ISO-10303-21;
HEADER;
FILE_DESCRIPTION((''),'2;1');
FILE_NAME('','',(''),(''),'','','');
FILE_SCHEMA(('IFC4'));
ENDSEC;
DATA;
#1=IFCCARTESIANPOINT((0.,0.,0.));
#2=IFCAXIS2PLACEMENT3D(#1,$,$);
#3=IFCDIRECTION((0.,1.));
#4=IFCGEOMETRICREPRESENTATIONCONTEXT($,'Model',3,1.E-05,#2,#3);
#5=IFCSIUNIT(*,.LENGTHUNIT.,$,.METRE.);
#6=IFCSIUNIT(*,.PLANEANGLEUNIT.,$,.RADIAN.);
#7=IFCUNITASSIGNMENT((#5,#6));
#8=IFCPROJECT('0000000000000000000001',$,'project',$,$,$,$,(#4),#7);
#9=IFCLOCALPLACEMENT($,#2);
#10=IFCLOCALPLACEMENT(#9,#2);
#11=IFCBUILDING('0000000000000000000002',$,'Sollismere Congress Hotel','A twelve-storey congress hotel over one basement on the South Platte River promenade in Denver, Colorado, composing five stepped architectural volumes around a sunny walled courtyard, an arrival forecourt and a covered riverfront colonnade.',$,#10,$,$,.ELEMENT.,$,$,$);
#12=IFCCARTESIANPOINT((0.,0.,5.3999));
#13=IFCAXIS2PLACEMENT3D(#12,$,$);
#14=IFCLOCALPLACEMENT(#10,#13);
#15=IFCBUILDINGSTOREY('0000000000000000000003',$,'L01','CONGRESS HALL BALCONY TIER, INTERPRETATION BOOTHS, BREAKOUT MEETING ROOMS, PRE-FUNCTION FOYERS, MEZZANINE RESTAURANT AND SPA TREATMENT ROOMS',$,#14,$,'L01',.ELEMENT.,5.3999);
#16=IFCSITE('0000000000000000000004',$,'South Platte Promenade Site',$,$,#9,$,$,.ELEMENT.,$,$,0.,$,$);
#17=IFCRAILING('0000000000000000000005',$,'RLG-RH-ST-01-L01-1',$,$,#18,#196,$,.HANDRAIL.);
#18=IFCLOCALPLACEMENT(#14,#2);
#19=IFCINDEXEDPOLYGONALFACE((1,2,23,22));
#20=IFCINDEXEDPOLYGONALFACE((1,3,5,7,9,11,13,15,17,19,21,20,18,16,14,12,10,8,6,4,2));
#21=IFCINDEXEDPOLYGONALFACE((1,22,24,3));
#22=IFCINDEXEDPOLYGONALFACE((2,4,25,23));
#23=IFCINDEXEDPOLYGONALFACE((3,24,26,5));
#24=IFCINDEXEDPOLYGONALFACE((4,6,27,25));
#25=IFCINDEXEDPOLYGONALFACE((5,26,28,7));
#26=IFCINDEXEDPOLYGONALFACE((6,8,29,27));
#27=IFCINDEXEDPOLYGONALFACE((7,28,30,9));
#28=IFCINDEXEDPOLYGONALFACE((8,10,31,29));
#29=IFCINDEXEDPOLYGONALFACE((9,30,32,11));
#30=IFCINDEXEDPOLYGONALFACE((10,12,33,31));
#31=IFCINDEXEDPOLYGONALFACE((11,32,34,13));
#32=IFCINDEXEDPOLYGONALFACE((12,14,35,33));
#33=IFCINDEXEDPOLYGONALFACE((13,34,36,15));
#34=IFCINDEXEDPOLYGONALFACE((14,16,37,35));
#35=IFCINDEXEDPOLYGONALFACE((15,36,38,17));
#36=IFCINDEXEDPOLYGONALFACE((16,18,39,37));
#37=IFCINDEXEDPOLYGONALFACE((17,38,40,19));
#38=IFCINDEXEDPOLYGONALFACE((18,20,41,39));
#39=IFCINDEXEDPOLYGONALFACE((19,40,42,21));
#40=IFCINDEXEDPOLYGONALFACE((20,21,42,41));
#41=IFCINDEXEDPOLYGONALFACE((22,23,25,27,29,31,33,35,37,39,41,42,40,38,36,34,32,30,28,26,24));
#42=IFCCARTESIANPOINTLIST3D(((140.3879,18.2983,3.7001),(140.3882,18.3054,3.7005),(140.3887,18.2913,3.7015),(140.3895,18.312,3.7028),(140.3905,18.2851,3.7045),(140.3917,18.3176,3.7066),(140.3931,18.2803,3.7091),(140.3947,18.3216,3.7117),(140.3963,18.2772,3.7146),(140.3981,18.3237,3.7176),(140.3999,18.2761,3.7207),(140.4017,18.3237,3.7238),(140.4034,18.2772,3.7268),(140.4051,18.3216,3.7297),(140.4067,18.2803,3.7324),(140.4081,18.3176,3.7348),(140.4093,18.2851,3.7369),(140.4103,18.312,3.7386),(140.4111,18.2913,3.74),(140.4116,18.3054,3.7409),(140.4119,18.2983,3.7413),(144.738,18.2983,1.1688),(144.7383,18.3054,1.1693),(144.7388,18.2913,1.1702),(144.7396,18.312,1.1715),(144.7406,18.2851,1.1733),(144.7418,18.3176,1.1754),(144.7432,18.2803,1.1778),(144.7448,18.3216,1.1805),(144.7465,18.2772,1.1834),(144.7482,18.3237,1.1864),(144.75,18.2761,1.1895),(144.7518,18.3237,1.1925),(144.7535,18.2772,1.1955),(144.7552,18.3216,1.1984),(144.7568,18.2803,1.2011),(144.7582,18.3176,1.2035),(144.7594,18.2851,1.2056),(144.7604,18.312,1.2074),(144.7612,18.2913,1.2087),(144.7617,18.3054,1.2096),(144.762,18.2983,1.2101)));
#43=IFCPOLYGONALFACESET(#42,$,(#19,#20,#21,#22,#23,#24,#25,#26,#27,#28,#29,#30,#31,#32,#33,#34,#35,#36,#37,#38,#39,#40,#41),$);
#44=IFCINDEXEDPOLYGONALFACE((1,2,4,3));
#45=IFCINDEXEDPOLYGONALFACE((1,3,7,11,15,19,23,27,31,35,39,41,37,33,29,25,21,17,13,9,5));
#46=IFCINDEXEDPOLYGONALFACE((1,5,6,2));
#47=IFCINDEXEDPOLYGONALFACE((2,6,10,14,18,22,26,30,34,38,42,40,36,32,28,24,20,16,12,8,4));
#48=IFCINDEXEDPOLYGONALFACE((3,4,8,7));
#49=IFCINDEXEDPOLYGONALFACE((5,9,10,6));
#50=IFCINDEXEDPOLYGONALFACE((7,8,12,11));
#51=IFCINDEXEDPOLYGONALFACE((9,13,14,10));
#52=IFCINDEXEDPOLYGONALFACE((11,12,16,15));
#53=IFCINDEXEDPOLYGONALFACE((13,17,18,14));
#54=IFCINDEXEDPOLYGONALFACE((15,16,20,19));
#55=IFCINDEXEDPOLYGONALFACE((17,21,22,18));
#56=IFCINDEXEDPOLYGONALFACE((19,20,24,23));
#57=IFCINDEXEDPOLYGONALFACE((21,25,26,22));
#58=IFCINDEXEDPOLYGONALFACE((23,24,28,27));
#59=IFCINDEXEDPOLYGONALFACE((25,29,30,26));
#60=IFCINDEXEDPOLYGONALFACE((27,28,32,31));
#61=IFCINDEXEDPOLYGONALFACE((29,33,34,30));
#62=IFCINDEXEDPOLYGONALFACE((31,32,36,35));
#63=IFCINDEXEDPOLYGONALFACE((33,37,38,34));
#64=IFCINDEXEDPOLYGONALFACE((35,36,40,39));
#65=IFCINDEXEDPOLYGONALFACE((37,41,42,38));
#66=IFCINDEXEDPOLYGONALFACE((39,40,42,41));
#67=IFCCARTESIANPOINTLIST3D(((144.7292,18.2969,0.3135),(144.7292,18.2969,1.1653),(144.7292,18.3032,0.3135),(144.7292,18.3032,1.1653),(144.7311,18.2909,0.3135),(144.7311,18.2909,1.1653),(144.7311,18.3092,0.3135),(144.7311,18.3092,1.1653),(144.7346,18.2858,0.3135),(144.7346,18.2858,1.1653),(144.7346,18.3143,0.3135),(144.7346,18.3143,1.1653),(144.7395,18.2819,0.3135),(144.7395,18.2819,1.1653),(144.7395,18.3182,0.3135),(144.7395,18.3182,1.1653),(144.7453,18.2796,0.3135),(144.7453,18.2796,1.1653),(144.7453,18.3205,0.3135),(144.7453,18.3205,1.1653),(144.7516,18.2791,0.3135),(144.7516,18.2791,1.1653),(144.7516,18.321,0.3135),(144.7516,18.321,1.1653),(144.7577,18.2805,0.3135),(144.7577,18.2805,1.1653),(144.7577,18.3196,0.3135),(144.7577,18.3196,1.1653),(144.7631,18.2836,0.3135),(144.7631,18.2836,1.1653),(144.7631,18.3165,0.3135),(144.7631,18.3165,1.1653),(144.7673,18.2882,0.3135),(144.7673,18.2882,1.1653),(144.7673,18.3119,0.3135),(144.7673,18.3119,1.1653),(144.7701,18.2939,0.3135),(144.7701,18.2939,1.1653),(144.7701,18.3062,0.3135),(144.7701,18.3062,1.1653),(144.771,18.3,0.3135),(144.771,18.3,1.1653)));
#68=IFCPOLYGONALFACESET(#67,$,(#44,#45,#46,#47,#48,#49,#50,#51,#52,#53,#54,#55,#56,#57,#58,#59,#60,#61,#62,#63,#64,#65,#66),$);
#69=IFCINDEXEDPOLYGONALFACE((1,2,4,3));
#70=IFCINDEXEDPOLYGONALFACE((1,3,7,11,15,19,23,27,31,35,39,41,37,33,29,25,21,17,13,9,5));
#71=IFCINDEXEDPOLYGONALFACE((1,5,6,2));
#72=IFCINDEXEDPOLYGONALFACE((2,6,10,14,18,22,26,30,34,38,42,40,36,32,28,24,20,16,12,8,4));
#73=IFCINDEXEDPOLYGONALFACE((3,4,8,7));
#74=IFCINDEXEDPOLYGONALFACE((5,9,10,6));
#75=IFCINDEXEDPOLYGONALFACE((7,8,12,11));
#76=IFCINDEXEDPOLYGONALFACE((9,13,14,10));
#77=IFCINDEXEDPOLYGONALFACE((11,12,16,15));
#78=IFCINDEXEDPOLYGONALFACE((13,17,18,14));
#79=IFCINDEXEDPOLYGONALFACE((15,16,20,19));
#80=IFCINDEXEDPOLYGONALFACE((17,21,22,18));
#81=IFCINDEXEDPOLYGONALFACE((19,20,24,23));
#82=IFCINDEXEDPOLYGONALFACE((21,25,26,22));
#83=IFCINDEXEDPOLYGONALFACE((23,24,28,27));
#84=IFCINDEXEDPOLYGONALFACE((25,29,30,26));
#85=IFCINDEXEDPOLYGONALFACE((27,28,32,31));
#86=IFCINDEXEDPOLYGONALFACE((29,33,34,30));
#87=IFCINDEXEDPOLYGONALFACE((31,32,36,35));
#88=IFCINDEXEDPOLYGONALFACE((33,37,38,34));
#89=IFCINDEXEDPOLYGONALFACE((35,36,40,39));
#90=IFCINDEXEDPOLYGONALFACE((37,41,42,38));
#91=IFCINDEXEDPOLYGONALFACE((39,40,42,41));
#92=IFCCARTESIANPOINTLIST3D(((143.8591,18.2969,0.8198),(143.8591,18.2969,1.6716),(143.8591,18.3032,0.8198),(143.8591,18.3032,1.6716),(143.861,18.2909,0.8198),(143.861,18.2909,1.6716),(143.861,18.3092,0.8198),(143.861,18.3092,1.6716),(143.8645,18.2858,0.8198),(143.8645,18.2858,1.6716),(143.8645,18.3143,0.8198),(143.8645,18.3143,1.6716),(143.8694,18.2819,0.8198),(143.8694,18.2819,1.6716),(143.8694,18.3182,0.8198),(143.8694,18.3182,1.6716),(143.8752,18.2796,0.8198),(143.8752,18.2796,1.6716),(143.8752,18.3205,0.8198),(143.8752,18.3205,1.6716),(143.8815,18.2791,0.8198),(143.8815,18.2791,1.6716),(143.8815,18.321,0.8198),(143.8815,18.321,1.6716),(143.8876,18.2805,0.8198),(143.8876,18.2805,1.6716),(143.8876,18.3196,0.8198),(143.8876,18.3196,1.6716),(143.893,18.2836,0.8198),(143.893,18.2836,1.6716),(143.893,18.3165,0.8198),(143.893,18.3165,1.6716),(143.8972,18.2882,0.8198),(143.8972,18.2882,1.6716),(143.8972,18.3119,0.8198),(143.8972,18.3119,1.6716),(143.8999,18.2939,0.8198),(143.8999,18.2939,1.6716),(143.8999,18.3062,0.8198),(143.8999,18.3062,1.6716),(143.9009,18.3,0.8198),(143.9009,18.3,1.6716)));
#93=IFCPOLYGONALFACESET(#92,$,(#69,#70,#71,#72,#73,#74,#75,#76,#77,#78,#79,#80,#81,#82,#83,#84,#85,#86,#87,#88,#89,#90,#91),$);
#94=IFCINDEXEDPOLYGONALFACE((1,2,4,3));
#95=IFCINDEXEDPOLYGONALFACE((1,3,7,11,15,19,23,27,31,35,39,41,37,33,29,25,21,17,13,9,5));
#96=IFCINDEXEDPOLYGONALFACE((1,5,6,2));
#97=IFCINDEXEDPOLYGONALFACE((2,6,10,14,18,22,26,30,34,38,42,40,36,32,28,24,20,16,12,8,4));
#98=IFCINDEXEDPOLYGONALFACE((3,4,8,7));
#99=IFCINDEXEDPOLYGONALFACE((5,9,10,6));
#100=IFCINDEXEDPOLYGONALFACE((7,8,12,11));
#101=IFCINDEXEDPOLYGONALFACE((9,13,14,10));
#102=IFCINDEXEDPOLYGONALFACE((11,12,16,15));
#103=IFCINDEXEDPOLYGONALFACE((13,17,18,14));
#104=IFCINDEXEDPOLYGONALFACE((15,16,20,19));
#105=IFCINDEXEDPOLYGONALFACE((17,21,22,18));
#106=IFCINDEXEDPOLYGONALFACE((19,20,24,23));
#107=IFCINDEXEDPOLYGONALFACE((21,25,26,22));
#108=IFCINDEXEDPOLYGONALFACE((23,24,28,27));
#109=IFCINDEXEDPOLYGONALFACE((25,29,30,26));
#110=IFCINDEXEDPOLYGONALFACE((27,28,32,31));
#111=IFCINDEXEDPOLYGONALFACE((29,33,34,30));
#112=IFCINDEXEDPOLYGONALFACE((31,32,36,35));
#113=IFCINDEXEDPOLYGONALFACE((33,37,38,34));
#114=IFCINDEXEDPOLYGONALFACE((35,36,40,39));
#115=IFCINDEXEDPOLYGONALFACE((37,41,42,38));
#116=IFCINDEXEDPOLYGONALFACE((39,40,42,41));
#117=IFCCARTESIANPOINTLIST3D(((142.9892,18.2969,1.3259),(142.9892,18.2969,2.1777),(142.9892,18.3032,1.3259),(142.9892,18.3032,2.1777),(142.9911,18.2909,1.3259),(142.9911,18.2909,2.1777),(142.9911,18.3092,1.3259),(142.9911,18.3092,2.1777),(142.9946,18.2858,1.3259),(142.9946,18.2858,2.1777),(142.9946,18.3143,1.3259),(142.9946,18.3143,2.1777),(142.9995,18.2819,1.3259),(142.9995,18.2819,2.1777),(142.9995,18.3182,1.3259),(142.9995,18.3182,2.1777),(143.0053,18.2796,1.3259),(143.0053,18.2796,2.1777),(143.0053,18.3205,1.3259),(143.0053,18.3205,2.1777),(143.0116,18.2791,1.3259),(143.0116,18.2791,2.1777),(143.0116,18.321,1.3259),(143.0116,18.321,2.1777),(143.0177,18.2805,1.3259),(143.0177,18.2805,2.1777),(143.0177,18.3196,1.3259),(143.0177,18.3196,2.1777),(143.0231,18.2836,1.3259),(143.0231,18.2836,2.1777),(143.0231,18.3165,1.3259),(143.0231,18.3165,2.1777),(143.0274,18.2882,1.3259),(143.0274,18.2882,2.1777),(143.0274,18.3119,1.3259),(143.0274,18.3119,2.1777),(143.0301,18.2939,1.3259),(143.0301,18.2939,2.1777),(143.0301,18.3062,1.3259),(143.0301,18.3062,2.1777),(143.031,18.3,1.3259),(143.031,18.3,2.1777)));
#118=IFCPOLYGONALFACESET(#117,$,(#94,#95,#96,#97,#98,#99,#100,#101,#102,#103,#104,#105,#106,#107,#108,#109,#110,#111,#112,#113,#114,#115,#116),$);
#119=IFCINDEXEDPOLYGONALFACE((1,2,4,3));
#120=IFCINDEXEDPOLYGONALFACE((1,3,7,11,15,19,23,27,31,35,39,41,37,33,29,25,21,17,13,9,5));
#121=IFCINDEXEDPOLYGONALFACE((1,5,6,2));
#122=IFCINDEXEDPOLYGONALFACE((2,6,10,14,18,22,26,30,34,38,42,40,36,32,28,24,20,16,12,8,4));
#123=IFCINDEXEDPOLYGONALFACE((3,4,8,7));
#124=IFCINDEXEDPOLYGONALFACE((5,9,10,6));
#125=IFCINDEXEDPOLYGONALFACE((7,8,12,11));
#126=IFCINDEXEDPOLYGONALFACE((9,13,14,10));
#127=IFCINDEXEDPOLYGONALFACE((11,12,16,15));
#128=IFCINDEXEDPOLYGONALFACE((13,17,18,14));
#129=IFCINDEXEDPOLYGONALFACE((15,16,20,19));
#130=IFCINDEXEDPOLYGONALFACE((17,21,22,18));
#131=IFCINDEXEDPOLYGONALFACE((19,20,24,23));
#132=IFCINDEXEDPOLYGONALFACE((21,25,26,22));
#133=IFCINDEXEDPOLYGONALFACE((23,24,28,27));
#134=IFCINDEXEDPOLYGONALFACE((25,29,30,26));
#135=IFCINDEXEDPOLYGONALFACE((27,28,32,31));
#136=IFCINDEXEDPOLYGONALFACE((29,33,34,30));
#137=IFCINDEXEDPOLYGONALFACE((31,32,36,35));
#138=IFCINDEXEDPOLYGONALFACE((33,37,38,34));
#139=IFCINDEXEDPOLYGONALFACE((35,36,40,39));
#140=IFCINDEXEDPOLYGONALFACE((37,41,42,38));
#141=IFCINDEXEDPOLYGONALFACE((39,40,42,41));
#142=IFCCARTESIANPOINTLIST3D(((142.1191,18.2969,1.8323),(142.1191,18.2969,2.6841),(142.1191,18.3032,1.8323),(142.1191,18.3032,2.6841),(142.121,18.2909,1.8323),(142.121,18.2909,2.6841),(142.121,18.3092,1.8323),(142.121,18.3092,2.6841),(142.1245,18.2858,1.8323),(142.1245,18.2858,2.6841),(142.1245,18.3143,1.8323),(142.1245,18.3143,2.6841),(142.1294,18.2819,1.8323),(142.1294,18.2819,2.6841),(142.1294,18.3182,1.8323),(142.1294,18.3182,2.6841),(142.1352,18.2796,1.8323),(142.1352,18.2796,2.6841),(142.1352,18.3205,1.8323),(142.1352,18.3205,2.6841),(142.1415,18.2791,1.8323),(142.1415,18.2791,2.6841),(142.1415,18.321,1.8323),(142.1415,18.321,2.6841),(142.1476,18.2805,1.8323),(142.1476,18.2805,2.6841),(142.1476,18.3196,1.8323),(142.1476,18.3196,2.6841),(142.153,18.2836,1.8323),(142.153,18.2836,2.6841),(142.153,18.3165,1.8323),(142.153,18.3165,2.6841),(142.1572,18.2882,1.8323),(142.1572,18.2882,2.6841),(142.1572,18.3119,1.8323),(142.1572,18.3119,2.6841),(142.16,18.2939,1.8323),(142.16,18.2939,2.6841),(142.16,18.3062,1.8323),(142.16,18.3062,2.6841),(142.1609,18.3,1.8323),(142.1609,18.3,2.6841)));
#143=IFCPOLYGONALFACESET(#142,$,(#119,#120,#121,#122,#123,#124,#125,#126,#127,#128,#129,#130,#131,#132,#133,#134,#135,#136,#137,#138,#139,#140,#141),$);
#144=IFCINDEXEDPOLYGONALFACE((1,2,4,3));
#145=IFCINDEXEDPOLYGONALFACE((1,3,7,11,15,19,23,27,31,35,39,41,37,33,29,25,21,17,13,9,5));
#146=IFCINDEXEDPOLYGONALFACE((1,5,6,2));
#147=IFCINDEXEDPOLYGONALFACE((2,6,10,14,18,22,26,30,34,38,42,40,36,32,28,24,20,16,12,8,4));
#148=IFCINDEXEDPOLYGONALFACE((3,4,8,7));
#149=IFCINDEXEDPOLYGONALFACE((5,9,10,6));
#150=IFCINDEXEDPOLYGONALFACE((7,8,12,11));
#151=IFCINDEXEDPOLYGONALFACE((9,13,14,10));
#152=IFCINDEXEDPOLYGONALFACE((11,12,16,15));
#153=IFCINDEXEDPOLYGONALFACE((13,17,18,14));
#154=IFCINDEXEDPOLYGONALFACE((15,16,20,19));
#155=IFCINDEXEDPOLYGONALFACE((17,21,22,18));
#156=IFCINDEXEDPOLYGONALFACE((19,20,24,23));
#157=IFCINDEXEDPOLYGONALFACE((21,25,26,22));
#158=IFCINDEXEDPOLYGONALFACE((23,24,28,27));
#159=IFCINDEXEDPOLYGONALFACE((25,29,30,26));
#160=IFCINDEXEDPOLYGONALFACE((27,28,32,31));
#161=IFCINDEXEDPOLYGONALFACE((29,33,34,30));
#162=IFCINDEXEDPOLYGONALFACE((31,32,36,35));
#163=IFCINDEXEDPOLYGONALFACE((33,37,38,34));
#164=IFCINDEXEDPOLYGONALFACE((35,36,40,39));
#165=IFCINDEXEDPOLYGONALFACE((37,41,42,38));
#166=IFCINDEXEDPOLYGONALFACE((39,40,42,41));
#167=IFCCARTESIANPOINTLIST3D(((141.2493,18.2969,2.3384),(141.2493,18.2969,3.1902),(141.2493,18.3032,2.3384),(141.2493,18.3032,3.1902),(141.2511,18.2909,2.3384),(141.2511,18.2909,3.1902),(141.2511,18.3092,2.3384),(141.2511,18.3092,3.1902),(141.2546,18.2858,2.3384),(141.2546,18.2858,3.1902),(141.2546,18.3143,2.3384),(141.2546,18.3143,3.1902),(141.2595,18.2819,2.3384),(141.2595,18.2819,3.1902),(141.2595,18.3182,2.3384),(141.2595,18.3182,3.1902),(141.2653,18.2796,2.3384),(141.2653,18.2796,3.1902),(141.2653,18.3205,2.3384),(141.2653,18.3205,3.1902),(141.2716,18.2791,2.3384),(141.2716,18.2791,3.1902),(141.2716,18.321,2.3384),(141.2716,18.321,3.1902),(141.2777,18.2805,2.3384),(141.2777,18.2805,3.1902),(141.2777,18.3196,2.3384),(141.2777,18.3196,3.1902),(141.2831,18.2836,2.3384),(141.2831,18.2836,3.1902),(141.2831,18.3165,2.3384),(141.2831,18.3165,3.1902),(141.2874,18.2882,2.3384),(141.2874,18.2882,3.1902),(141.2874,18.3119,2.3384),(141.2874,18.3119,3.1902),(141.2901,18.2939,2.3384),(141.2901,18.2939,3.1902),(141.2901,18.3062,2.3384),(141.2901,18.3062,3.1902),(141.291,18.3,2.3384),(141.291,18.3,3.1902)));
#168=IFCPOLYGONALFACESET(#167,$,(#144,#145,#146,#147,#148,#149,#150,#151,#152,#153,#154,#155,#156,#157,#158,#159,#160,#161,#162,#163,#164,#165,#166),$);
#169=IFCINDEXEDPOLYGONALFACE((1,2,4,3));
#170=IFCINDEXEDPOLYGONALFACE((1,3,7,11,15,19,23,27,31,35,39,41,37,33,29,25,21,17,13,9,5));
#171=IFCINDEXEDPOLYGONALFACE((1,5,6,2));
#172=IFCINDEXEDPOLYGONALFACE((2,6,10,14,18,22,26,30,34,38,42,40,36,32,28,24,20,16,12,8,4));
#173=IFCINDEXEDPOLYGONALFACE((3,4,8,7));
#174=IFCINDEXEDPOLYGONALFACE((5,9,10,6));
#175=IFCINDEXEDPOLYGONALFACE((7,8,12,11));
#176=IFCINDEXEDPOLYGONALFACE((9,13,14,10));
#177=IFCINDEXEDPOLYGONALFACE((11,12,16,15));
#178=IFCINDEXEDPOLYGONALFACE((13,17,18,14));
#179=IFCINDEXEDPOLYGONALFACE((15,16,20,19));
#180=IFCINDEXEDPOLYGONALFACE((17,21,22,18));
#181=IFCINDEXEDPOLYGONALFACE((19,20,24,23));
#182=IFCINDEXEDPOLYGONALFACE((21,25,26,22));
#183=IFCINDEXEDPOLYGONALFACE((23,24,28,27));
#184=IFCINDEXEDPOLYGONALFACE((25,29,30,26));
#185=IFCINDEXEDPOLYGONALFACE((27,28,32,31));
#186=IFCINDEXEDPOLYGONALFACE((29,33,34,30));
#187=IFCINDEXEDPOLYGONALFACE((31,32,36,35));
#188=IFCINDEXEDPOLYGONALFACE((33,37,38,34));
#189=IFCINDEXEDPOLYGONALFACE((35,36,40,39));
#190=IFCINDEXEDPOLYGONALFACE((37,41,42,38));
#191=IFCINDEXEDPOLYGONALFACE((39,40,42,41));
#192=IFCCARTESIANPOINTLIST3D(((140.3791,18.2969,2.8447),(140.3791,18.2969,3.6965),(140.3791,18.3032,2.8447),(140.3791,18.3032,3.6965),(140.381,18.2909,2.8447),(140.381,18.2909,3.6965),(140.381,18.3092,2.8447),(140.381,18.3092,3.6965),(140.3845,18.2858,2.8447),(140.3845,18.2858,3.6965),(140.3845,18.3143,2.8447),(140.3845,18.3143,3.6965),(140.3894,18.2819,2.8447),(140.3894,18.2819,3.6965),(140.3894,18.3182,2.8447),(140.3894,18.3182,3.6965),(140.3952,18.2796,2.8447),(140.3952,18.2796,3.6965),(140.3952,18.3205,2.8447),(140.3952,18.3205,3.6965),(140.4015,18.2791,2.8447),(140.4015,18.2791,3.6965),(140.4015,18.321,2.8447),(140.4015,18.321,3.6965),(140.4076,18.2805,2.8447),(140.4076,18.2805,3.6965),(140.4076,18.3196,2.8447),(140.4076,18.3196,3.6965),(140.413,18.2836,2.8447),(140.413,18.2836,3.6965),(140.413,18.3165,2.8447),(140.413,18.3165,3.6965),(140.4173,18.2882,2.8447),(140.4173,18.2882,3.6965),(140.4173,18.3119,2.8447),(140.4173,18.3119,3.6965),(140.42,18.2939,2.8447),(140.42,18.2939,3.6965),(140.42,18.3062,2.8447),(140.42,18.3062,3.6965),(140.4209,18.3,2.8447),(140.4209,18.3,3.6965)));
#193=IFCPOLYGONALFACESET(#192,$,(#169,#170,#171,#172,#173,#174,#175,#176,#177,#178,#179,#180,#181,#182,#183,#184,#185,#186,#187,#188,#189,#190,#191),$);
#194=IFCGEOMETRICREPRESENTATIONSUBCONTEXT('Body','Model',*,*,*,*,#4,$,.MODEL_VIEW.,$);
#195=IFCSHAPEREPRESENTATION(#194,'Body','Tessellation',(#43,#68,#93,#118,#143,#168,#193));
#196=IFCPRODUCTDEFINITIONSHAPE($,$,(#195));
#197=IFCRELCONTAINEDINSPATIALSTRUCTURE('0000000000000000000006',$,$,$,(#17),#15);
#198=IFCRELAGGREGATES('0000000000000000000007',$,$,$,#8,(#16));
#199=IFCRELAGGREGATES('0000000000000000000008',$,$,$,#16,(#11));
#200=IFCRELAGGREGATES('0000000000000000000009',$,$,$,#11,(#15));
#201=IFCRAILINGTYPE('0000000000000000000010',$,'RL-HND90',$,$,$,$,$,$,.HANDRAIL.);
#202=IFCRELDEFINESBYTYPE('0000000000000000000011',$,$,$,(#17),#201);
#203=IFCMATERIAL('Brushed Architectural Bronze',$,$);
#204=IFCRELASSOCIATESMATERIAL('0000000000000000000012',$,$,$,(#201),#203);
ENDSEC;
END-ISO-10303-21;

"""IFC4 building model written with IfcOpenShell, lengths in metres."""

from ifc_helpers import new_model, si_unit, direction, frame, origin, origin_2d, place, context, subcontext, project, spatial, circle, extrude, material, type_object, element, save


model = new_model("IFC4")

# Units and contexts
model_context = context("Model", 3, precision=1e-05, world=origin(), true_north=direction((0.0, 1.0)))
body_context = subcontext(model_context, "Body", "Model", "MODEL_VIEW")
ifc_project = project(units=[si_unit("LENGTHUNIT", "METRE"), si_unit("PLANEANGLEUNIT", "RADIAN")], contexts=[model_context])

# Site, building, storey
site_placement = place(None, origin())
site = spatial("IfcSite", under=ifc_project, at=site_placement, Name="South Platte Promenade Site", CompositionType="ELEMENT", RefElevation=0.0)
building_placement = place(site_placement, origin())
building = spatial("IfcBuilding", under=site, at=building_placement, Name="Sollismere Congress Hotel", Description="A twelve-storey congress hotel over one basement on the South Platte River promenade in Denver, Colorado, composing five stepped architectural volumes around a sunny walled courtyard, an arrival forecourt and a covered riverfront colonnade.", CompositionType="ELEMENT")
storey_placement = place(building_placement, frame((0.0, 0.0, 5.3999)))
storey = spatial("IfcBuildingStorey", under=building, at=storey_placement, Name="L01", Description="CONGRESS HALL BALCONY TIER, INTERPRETATION BOOTHS, BREAKOUT MEETING ROOMS, PRE-FUNCTION FOYERS, MEZZANINE RESTAURANT AND SPA TREATMENT ROOMS", LongName="L01", CompositionType="ELEMENT", Elevation=5.3999)

# Railing
ifc_material_1 = material(Name="Brushed Architectural Bronze")
railing_type_1 = type_object("IfcRailingType", Name="RL-HND90", PredefinedType="HANDRAIL", material=ifc_material_1)
railing_1_placement = place(storey_placement, frame((144.75, 18.3, 0.3135)))
element("IfcRailing", 1, at=railing_1_placement, inside=storey, type_object=railing_type_1, Name="RLG-RH-ST-01-L01-1", PredefinedType="HANDRAIL", context=body_context, shape_type="SweptSolid", body=[
    extrude(circle(Radius=0.0239, at=origin_2d()), frame((0.0, 0.0, 0.876), z_axis=(-0.864324, 0.0, 0.502936), x_axis=(0.0, -1.0, 0.0)), (0.0, 0.0, 1.0), 5.033),
    extrude(circle(Radius=0.021, at=origin_2d()), origin(), (0.0, 0.0, 1.0), 0.8518),
    extrude(circle(Radius=0.021, at=origin_2d()), frame((-0.8701, 0.0, 0.5063)), (0.0, 0.0, 1.0), 0.8518),
    extrude(circle(Radius=0.021, at=origin_2d()), frame((-1.74, 0.0, 1.0125)), (0.0, 0.0, 1.0), 0.8518),
    extrude(circle(Radius=0.021, at=origin_2d()), frame((-2.6101, 0.0, 1.5188)), (0.0, 0.0, 1.0), 0.8518),
    extrude(circle(Radius=0.021, at=origin_2d()), frame((-3.48, 0.0, 2.0249)), (0.0, 0.0, 1.0), 0.8518),
    extrude(circle(Radius=0.021, at=origin_2d()), frame((-4.3501, 0.0, 2.5312)), (0.0, 0.0, 1.0), 0.8518),
])

save(model, "model.ifc")
